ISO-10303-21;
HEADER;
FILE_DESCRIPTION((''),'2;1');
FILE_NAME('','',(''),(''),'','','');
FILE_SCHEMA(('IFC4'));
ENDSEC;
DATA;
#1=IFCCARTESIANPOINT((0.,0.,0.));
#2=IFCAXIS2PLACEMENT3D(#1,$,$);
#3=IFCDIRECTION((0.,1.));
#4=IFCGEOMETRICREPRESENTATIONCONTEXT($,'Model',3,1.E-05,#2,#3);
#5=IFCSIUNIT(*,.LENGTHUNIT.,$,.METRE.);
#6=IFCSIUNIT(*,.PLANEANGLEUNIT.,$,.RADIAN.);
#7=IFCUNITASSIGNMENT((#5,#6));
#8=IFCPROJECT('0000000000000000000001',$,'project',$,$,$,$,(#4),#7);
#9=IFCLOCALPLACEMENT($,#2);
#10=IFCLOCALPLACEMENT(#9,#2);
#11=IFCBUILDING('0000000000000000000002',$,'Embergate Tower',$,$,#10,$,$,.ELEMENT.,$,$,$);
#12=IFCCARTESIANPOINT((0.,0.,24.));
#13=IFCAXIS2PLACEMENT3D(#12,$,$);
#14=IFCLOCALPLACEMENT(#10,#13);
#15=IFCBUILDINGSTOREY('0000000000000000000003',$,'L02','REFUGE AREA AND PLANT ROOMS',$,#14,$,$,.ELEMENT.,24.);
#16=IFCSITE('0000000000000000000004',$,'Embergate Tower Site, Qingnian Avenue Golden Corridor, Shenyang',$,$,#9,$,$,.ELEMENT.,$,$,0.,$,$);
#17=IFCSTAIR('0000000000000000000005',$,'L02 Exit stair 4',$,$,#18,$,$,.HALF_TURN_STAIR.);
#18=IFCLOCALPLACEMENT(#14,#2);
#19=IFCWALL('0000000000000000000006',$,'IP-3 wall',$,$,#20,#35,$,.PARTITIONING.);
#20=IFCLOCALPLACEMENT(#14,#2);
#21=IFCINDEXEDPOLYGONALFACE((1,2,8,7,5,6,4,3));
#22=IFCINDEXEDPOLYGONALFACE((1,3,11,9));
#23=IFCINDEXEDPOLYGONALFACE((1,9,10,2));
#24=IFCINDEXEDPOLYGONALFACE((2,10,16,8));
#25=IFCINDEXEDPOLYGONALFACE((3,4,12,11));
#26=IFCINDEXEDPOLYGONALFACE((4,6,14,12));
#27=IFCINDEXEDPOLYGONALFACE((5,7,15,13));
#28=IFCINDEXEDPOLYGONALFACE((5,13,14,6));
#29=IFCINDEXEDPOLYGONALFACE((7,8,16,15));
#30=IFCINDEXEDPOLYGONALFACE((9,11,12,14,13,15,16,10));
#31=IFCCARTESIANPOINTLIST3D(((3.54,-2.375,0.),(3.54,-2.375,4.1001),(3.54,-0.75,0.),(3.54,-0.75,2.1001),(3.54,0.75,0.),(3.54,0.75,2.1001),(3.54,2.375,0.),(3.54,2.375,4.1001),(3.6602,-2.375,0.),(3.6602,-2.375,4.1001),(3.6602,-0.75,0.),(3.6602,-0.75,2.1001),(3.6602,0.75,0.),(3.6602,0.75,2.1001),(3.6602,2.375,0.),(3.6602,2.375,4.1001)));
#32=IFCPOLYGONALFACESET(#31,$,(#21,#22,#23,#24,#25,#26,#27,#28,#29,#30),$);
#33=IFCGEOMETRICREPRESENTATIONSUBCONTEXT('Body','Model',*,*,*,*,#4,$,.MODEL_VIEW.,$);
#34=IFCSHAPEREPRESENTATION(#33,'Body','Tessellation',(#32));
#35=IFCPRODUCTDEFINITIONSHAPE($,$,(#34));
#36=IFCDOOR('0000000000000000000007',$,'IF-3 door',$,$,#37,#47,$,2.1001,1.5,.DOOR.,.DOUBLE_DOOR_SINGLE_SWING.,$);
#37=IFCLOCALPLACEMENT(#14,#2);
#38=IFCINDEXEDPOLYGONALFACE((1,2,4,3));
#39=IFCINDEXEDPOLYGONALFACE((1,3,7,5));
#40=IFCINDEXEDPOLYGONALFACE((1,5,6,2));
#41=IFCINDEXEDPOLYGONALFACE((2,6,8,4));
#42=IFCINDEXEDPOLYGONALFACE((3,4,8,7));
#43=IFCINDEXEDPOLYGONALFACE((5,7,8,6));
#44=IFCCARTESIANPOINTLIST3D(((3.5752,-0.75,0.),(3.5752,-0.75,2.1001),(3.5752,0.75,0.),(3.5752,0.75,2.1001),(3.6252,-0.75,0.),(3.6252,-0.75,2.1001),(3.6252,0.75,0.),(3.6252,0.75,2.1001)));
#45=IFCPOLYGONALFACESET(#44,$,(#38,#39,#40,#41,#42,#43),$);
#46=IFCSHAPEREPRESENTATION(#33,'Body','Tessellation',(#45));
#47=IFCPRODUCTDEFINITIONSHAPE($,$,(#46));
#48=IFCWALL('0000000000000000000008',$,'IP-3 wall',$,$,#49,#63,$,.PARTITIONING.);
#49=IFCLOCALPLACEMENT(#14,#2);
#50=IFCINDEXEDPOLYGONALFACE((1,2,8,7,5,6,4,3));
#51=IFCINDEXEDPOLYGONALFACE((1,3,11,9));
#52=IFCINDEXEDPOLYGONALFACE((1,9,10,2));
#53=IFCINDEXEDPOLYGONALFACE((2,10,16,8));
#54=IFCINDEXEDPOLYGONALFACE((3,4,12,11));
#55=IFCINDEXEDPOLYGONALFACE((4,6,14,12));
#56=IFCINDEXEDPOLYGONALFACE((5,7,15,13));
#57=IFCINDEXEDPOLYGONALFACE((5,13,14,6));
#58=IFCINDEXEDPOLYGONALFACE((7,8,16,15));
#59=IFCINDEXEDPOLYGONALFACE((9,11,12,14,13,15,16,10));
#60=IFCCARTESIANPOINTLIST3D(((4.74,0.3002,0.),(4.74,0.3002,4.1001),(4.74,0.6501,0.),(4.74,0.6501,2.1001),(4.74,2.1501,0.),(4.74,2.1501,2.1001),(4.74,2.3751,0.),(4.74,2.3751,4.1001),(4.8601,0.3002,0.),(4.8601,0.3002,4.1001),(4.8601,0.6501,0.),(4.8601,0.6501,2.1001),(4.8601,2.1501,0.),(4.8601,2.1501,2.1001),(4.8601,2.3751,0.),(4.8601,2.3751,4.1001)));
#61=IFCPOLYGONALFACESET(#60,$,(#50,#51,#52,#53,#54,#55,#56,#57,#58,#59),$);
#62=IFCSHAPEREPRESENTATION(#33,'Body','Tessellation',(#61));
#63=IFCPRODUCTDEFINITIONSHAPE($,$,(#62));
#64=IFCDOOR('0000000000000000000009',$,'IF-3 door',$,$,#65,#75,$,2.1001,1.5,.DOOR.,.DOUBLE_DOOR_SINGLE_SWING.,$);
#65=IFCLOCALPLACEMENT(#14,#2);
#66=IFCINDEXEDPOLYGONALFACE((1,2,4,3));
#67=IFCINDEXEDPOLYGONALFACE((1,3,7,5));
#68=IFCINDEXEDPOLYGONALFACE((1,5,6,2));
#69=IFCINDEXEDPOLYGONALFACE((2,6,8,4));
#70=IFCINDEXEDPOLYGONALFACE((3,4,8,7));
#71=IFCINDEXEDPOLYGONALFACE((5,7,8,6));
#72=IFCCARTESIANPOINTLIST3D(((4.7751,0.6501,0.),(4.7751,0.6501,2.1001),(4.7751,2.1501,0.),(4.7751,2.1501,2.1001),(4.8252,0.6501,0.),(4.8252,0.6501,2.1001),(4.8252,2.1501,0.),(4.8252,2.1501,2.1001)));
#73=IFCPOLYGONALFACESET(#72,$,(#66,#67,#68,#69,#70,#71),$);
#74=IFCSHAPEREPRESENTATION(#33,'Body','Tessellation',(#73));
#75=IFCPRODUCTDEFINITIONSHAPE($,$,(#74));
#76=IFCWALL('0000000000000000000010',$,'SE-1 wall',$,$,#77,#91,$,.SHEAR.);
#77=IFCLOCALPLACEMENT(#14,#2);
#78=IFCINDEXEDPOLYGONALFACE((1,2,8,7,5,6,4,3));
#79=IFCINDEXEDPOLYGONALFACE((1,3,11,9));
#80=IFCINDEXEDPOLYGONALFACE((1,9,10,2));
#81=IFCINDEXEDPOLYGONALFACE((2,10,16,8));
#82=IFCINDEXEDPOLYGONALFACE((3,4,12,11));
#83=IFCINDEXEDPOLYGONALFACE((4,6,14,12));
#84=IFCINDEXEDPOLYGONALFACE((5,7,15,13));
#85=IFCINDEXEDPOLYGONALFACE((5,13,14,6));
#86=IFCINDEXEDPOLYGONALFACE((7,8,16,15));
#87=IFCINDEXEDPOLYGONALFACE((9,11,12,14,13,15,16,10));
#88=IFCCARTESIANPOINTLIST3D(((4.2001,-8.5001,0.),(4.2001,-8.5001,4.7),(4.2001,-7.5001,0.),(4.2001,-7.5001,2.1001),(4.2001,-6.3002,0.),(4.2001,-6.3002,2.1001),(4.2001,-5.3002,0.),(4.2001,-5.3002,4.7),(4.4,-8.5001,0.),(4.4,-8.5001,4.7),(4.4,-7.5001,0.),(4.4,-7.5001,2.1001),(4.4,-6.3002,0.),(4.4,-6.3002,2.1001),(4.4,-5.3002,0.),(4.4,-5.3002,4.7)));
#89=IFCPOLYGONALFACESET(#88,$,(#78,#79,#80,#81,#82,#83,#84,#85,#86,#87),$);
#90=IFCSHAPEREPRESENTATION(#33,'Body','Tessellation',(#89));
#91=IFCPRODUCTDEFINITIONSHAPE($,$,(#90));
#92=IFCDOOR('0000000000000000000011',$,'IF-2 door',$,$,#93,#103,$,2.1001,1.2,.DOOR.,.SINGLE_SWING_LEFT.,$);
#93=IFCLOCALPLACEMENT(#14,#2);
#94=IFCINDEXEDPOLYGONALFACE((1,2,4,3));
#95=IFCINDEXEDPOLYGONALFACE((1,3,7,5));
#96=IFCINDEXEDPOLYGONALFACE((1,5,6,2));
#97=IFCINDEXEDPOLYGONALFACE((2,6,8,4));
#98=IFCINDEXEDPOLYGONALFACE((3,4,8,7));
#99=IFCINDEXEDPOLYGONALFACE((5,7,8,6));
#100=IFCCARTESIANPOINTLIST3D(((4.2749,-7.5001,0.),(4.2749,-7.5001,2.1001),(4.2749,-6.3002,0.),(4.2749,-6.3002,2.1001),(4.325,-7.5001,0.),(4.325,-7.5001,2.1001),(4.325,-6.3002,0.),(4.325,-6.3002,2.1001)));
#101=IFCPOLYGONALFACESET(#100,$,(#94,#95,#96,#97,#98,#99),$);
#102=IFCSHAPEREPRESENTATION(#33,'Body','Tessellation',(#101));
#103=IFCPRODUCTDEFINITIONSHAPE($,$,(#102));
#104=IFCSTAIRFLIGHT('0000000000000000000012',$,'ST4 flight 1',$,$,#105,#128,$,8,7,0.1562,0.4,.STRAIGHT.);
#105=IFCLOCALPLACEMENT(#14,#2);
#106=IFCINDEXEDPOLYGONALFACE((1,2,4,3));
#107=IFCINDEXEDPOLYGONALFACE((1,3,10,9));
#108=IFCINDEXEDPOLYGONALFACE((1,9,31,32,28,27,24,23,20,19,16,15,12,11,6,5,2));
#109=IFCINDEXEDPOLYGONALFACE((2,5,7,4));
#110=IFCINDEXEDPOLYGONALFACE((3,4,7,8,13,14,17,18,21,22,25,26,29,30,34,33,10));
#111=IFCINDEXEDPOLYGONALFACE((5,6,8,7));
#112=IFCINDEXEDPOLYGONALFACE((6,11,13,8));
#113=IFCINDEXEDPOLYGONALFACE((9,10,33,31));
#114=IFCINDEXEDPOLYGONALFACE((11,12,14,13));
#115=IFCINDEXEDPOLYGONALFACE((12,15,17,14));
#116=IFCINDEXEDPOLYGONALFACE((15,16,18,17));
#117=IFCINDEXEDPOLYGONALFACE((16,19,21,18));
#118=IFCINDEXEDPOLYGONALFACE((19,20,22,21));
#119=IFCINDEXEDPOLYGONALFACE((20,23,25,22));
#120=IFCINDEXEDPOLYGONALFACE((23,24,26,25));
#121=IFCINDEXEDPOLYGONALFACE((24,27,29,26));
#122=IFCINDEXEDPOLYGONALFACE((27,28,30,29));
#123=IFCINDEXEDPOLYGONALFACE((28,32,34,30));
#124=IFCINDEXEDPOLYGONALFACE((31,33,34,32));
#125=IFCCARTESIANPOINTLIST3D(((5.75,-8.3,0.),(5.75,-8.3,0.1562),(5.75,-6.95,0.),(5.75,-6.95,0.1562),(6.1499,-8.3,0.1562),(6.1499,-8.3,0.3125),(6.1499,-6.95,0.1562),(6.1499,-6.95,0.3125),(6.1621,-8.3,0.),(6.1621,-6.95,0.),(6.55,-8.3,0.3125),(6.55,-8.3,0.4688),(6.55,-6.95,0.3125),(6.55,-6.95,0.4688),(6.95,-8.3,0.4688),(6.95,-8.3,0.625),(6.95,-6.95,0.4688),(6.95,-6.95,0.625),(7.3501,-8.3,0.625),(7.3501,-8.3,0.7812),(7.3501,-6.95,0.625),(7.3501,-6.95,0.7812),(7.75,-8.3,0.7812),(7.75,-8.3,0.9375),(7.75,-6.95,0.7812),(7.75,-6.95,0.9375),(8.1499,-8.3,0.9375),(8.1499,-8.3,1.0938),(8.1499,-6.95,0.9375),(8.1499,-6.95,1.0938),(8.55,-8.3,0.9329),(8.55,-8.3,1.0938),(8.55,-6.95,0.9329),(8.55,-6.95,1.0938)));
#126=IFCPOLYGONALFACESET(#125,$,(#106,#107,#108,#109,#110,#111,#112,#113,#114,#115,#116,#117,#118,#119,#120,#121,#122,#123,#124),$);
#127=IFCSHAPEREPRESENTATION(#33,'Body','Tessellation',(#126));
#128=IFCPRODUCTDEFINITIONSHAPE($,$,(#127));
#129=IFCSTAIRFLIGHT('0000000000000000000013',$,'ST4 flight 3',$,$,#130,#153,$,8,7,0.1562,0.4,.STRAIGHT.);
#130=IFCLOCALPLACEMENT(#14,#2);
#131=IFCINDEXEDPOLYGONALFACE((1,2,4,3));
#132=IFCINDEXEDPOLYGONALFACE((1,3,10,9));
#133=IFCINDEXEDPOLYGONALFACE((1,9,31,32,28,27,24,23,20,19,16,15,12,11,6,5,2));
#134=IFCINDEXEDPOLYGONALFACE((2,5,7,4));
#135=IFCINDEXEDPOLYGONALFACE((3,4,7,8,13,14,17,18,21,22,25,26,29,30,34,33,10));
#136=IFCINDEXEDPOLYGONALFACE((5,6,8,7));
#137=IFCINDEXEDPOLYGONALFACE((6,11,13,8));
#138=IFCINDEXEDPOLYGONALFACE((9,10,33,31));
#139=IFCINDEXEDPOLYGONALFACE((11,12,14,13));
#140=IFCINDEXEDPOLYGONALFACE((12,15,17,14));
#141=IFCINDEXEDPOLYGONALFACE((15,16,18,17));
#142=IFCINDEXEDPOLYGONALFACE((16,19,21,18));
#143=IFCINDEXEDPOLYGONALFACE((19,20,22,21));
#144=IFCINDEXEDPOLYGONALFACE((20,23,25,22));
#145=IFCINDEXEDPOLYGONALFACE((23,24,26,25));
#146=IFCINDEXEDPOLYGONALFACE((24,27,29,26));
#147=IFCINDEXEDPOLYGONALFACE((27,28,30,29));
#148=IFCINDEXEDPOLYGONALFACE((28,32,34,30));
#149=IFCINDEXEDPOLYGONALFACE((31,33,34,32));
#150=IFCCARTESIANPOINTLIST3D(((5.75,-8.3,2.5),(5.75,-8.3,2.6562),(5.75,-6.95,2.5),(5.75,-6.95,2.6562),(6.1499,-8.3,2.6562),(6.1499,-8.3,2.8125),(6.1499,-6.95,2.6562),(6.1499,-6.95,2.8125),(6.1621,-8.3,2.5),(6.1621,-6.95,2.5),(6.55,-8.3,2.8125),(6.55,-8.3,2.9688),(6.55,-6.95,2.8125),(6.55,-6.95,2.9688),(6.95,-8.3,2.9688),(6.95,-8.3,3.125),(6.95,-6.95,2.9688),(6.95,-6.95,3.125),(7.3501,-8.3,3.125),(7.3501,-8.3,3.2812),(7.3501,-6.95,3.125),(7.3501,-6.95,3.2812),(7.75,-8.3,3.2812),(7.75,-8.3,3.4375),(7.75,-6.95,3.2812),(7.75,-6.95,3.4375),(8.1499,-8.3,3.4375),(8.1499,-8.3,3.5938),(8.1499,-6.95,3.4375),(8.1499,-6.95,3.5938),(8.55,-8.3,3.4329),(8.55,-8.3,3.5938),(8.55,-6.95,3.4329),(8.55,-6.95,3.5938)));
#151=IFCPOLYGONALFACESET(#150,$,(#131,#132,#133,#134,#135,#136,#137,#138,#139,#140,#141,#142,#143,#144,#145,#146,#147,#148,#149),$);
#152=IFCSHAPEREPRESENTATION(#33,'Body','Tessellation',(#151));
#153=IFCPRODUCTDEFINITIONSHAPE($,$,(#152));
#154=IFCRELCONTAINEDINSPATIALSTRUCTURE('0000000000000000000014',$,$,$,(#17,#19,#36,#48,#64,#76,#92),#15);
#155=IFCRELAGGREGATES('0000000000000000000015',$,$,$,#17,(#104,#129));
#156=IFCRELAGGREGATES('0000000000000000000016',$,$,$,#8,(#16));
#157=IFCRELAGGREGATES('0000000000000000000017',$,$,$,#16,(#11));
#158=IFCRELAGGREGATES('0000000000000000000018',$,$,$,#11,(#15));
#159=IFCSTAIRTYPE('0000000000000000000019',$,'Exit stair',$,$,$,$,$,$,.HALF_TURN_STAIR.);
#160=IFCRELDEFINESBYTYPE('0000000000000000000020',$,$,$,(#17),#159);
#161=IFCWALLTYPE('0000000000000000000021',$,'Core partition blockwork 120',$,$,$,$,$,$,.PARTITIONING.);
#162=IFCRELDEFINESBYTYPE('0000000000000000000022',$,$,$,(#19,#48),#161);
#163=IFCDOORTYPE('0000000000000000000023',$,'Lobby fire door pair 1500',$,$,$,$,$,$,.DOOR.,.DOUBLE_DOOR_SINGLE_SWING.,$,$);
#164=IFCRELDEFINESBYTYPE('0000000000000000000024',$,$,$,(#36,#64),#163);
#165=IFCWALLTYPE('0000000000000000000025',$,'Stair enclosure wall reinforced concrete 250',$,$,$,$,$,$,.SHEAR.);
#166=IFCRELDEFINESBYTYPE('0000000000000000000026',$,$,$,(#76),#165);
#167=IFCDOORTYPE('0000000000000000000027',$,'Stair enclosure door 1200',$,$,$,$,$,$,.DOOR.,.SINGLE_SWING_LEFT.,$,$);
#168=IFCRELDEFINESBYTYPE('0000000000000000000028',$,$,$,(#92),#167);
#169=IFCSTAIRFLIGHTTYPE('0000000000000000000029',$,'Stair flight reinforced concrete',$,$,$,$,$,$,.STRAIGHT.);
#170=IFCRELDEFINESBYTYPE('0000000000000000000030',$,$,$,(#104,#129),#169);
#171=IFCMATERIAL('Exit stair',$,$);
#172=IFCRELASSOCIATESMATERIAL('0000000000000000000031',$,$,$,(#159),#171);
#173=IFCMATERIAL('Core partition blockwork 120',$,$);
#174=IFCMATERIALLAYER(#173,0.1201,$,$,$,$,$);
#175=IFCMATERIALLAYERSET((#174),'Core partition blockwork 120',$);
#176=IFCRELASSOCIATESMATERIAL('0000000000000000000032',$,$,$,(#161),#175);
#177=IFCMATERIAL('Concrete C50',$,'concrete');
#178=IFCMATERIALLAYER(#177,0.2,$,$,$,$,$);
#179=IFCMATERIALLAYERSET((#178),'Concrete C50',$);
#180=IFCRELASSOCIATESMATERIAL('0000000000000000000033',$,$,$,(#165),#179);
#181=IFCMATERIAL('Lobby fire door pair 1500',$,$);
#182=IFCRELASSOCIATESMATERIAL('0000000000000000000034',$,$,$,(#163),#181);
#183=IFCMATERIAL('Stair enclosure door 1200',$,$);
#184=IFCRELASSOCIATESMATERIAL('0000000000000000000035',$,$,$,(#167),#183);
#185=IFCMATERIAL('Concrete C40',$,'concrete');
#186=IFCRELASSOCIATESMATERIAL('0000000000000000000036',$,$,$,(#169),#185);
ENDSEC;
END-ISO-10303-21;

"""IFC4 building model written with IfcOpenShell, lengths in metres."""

from ifc_helpers import new_model, si_unit, direction, frame, frame_2d, origin, place, context, subcontext, project, spatial, polyline, rectangle, outline, extrude, source, transform, mapped, material, layer, layer_set, type_object, element, fill, aggregate, save


model = new_model("IFC4")

# Units and contexts
model_context = context("Model", 3, precision=1e-05, world=origin(), true_north=direction((0.0, 1.0)))
body_context = subcontext(model_context, "Body", "Model", "MODEL_VIEW")
ifc_project = project(units=[si_unit("LENGTHUNIT", "METRE"), si_unit("PLANEANGLEUNIT", "RADIAN")], contexts=[model_context])

# Site, building, storey
site_placement = place(None, origin())
site = spatial("IfcSite", under=ifc_project, at=site_placement, Name="Embergate Tower Site, Qingnian Avenue Golden Corridor, Shenyang", CompositionType="ELEMENT", RefElevation=0.0)
building_placement = place(site_placement, origin())
building = spatial("IfcBuilding", under=site, at=building_placement, Name="Embergate Tower", CompositionType="ELEMENT")
storey_placement = place(building_placement, frame((0.0, 0.0, 24.0)))
storey = spatial("IfcBuildingStorey", under=building, at=storey_placement, Name="L02", Description="REFUGE AREA AND PLANT ROOMS", CompositionType="ELEMENT", Elevation=24.0)

# Stair
ifc_material_1 = material(Name="Exit stair")
stair_type = type_object("IfcStairType", Name="Exit stair", PredefinedType="HALF_TURN_STAIR", material=ifc_material_1)
stair_placement = place(storey_placement, origin())
stair = element("IfcStair", 1, at=stair_placement, inside=storey, type_object=stair_type, Name="L02 Exit stair 4", PredefinedType="HALF_TURN_STAIR")
ifc_material_2 = material(Name="Concrete C40", Category="concrete")

# Shared definitions
ifc_material_3 = material(Name="Concrete C50", Category="concrete")

# Shared definitions
ifc_material_4 = material(Name="Core partition blockwork 120")
ifc_layer_1 = layer(ifc_material_4, 0.1201)
ifc_layer_set_1 = layer_set([ifc_layer_1], Name="Core partition blockwork 120")
wall_type_1 = type_object("IfcWallType", Name="Core partition blockwork 120", PredefinedType="PARTITIONING", material=ifc_layer_set_1)

# Shared definitions
ifc_layer_2 = layer(ifc_material_3, 0.2)
ifc_layer_set_2 = layer_set([ifc_layer_2], Name="Concrete C50")
wall_type_2 = type_object("IfcWallType", Name="Stair enclosure wall reinforced concrete 250", PredefinedType="SHEAR", material=ifc_layer_set_2)

# Walls, openings, doors
shared_shape_1 = source(origin(), body_context, "Body", "SweptSolid", [
    extrude(rectangle(XDim=4.75, YDim=0.1201, at=frame_2d((2.375, 0.0))), origin(), (0.0, 0.0, 1.0), 4.1001),
])
wall_1_placement = place(storey_placement, frame((3.6001, -2.375, 0.0), z_axis=(0.0, 0.0, 1.0), x_axis=(0.0, 1.0, 0.0)))
wall_1 = element("IfcWall", 2, at=wall_1_placement, inside=storey, type_object=wall_type_1, Name="IP-3 wall", PredefinedType="PARTITIONING", context=body_context, shape_type="MappedRepresentation", body=[
    mapped(shared_shape_1, transform((0.0, 0.0, 0.0))),
])
shared_shape_2 = source(origin(), body_context, "Body", "SweptSolid", [
    extrude(rectangle(XDim=1.5, YDim=2.1001, at=frame_2d((0.75, 1.05))), frame((0.0, 0.0701, 0.0), z_axis=(0.0, -1.0, 0.0), x_axis=(1.0, 0.0, 0.0)), (0.0, 0.0, 1.0), 0.1401),
])
opening_1_placement = place(wall_1_placement, frame((1.625, 0.0, 0.0)))
opening_1 = element("IfcOpeningElement", 3, at=opening_1_placement, cuts=wall_1, PredefinedType="OPENING", context=body_context, shape_type="MappedRepresentation", body=[
    mapped(shared_shape_2, transform((0.0, 0.0, 0.0))),
])
ifc_material_5 = material(Name="Lobby fire door pair 1500")
door_type_1 = type_object("IfcDoorType", Name="Lobby fire door pair 1500", OperationType="DOUBLE_DOOR_SINGLE_SWING", PredefinedType="DOOR", material=ifc_material_5)
shared_shape_3 = source(origin(), body_context, "Body", "SweptSolid", [
    extrude(rectangle(XDim=1.5, YDim=2.1001, at=frame_2d((0.75, 1.05))), frame((0.0, 0.0249, 0.0), z_axis=(0.0, -1.0, 0.0), x_axis=(1.0, 0.0, 0.0)), (0.0, 0.0, 1.0), 0.05),
])
door_1_placement = place(opening_1_placement, origin())
door_1 = element("IfcDoor", 4, at=door_1_placement, inside=storey, type_object=door_type_1, Name="IF-3 door", OperationType="DOUBLE_DOOR_SINGLE_SWING", OverallHeight=2.1001, OverallWidth=1.5, PredefinedType="DOOR", context=body_context, shape_type="MappedRepresentation", body=[
    mapped(shared_shape_3, transform((0.0, 0.0, 0.0))),
])
fill(opening_1, door_1)
shared_shape_4 = source(origin(), body_context, "Body", "SweptSolid", [
    extrude(rectangle(XDim=2.075, YDim=0.1201, at=frame_2d((1.0376, 0.0))), origin(), (0.0, 0.0, 1.0), 4.1001),
])
wall_2_placement = place(storey_placement, frame((4.8, 0.3, 0.0), z_axis=(0.0, 0.0, 1.0), x_axis=(0.0, 1.0, 0.0)))
wall_2 = element("IfcWall", 5, at=wall_2_placement, inside=storey, type_object=wall_type_1, Name="IP-3 wall", PredefinedType="PARTITIONING", context=body_context, shape_type="MappedRepresentation", body=[
    mapped(shared_shape_4, transform((0.0, 0.0, 0.0))),
])
opening_2_placement = place(wall_2_placement, frame((0.3501, 0.0, 0.0)))
opening_2 = element("IfcOpeningElement", 6, at=opening_2_placement, cuts=wall_2, PredefinedType="OPENING", context=body_context, shape_type="MappedRepresentation", body=[
    mapped(shared_shape_2, transform((0.0, 0.0, 0.0))),
])
door_2_placement = place(opening_2_placement, origin())
door_2 = element("IfcDoor", 7, at=door_2_placement, inside=storey, type_object=door_type_1, Name="IF-3 door", OperationType="DOUBLE_DOOR_SINGLE_SWING", OverallHeight=2.1001, OverallWidth=1.5, PredefinedType="DOOR", context=body_context, shape_type="MappedRepresentation", body=[
    mapped(shared_shape_3, transform((0.0, 0.0, 0.0))),
])
fill(opening_2, door_2)
shared_shape_5 = source(origin(), body_context, "Body", "SweptSolid", [
    extrude(rectangle(XDim=3.2, YDim=0.2, at=frame_2d((1.6001, 0.0))), origin(), (0.0, 0.0, 1.0), 4.7),
])
wall_3_placement = place(storey_placement, frame((4.3, -5.3, 0.0), z_axis=(0.0, 0.0, 1.0), x_axis=(0.0, -1.0, 0.0)))
wall_3 = element("IfcWall", 8, at=wall_3_placement, inside=storey, type_object=wall_type_2, Name="SE-1 wall", PredefinedType="SHEAR", context=body_context, shape_type="MappedRepresentation", body=[
    mapped(shared_shape_5, transform((0.0, 0.0, 0.0))),
])
shared_shape_6 = source(origin(), body_context, "Body", "SweptSolid", [
    extrude(rectangle(XDim=1.2, YDim=2.1001, at=frame_2d((0.6001, 1.05))), frame((0.0, 0.1099, 0.0), z_axis=(0.0, -1.0, 0.0), x_axis=(1.0, 0.0, 0.0)), (0.0, 0.0, 1.0), 0.22),
])
opening_3_placement = place(wall_3_placement, frame((1.0, 0.0, 0.0)))
opening_3 = element("IfcOpeningElement", 9, at=opening_3_placement, cuts=wall_3, PredefinedType="OPENING", context=body_context, shape_type="MappedRepresentation", body=[
    mapped(shared_shape_6, transform((0.0, 0.0, 0.0))),
])
ifc_material_6 = material(Name="Stair enclosure door 1200")
door_type_2 = type_object("IfcDoorType", Name="Stair enclosure door 1200", OperationType="SINGLE_SWING_LEFT", PredefinedType="DOOR", material=ifc_material_6)
shared_shape_7 = source(origin(), body_context, "Body", "SweptSolid", [
    extrude(rectangle(XDim=1.2, YDim=2.1001, at=frame_2d((0.6001, 1.05))), frame((0.0, 0.0249, 0.0), z_axis=(0.0, -1.0, 0.0), x_axis=(1.0, 0.0, 0.0)), (0.0, 0.0, 1.0), 0.05),
])
door_3_placement = place(opening_3_placement, origin())
door_3 = element("IfcDoor", 10, at=door_3_placement, inside=storey, type_object=door_type_2, Name="IF-2 door", OperationType="SINGLE_SWING_LEFT", OverallHeight=2.1001, OverallWidth=1.2, PredefinedType="DOOR", context=body_context, shape_type="MappedRepresentation", body=[
    mapped(shared_shape_7, transform((0.0, 0.0, 0.0))),
])
fill(opening_3, door_3)

# Stair flights
stair_flight_type = type_object("IfcStairFlightType", Name="Stair flight reinforced concrete", PredefinedType="STRAIGHT", material=ifc_material_2)
shared_shape_8 = source(origin(), body_context, "Body", "SweptSolid", [
    extrude(outline(polyline([(0.0, 0.0), (0.0, 0.1562), (0.3999, 0.1562), (0.3999, 0.3125), (0.8, 0.3125), (0.8, 0.4688), (1.2, 0.4688), (1.2, 0.625), (1.6001, 0.625), (1.6001, 0.7812), (2.0, 0.7812), (2.0, 0.9375), (2.3999, 0.9375), (2.3999, 1.0938), (2.8, 1.0938), (2.8, 1.25), (2.8, 0.9329), (0.4121, 0.0), (0.0, 0.0)])), frame((0.0, 0.675, 0.0), z_axis=(0.0, -1.0, 0.0), x_axis=(1.0, 0.0, 0.0)), (0.0, 0.0, 1.0), 1.3501),
])
stair_flight_1_placement = place(storey_placement, frame((5.75, -7.625, 0.0), z_axis=(0.0, 0.0, 1.0), x_axis=(1.0, 0.0, 0.0)))
stair_flight_1 = element("IfcStairFlight", 11, at=stair_flight_1_placement, type_object=stair_flight_type, Name="ST4 flight 1", NumberOfRisers=8, NumberOfTreads=7, PredefinedType="STRAIGHT", RiserHeight=0.1562, TreadLength=0.4, context=body_context, shape_type="MappedRepresentation", body=[
    mapped(shared_shape_8, transform((0.0, 0.0, 0.0))),
])
stair_flight_2_placement = place(storey_placement, frame((5.75, -7.625, 2.5), z_axis=(0.0, 0.0, 1.0), x_axis=(1.0, 0.0, 0.0)))
stair_flight_2 = element("IfcStairFlight", 12, at=stair_flight_2_placement, type_object=stair_flight_type, Name="ST4 flight 3", NumberOfRisers=8, NumberOfTreads=7, PredefinedType="STRAIGHT", RiserHeight=0.1562, TreadLength=0.4, context=body_context, shape_type="MappedRepresentation", body=[
    mapped(shared_shape_8, transform((0.0, 0.0, 0.0))),
])
aggregate(stair, [stair_flight_1, stair_flight_2])

save(model, "model.ifc")
